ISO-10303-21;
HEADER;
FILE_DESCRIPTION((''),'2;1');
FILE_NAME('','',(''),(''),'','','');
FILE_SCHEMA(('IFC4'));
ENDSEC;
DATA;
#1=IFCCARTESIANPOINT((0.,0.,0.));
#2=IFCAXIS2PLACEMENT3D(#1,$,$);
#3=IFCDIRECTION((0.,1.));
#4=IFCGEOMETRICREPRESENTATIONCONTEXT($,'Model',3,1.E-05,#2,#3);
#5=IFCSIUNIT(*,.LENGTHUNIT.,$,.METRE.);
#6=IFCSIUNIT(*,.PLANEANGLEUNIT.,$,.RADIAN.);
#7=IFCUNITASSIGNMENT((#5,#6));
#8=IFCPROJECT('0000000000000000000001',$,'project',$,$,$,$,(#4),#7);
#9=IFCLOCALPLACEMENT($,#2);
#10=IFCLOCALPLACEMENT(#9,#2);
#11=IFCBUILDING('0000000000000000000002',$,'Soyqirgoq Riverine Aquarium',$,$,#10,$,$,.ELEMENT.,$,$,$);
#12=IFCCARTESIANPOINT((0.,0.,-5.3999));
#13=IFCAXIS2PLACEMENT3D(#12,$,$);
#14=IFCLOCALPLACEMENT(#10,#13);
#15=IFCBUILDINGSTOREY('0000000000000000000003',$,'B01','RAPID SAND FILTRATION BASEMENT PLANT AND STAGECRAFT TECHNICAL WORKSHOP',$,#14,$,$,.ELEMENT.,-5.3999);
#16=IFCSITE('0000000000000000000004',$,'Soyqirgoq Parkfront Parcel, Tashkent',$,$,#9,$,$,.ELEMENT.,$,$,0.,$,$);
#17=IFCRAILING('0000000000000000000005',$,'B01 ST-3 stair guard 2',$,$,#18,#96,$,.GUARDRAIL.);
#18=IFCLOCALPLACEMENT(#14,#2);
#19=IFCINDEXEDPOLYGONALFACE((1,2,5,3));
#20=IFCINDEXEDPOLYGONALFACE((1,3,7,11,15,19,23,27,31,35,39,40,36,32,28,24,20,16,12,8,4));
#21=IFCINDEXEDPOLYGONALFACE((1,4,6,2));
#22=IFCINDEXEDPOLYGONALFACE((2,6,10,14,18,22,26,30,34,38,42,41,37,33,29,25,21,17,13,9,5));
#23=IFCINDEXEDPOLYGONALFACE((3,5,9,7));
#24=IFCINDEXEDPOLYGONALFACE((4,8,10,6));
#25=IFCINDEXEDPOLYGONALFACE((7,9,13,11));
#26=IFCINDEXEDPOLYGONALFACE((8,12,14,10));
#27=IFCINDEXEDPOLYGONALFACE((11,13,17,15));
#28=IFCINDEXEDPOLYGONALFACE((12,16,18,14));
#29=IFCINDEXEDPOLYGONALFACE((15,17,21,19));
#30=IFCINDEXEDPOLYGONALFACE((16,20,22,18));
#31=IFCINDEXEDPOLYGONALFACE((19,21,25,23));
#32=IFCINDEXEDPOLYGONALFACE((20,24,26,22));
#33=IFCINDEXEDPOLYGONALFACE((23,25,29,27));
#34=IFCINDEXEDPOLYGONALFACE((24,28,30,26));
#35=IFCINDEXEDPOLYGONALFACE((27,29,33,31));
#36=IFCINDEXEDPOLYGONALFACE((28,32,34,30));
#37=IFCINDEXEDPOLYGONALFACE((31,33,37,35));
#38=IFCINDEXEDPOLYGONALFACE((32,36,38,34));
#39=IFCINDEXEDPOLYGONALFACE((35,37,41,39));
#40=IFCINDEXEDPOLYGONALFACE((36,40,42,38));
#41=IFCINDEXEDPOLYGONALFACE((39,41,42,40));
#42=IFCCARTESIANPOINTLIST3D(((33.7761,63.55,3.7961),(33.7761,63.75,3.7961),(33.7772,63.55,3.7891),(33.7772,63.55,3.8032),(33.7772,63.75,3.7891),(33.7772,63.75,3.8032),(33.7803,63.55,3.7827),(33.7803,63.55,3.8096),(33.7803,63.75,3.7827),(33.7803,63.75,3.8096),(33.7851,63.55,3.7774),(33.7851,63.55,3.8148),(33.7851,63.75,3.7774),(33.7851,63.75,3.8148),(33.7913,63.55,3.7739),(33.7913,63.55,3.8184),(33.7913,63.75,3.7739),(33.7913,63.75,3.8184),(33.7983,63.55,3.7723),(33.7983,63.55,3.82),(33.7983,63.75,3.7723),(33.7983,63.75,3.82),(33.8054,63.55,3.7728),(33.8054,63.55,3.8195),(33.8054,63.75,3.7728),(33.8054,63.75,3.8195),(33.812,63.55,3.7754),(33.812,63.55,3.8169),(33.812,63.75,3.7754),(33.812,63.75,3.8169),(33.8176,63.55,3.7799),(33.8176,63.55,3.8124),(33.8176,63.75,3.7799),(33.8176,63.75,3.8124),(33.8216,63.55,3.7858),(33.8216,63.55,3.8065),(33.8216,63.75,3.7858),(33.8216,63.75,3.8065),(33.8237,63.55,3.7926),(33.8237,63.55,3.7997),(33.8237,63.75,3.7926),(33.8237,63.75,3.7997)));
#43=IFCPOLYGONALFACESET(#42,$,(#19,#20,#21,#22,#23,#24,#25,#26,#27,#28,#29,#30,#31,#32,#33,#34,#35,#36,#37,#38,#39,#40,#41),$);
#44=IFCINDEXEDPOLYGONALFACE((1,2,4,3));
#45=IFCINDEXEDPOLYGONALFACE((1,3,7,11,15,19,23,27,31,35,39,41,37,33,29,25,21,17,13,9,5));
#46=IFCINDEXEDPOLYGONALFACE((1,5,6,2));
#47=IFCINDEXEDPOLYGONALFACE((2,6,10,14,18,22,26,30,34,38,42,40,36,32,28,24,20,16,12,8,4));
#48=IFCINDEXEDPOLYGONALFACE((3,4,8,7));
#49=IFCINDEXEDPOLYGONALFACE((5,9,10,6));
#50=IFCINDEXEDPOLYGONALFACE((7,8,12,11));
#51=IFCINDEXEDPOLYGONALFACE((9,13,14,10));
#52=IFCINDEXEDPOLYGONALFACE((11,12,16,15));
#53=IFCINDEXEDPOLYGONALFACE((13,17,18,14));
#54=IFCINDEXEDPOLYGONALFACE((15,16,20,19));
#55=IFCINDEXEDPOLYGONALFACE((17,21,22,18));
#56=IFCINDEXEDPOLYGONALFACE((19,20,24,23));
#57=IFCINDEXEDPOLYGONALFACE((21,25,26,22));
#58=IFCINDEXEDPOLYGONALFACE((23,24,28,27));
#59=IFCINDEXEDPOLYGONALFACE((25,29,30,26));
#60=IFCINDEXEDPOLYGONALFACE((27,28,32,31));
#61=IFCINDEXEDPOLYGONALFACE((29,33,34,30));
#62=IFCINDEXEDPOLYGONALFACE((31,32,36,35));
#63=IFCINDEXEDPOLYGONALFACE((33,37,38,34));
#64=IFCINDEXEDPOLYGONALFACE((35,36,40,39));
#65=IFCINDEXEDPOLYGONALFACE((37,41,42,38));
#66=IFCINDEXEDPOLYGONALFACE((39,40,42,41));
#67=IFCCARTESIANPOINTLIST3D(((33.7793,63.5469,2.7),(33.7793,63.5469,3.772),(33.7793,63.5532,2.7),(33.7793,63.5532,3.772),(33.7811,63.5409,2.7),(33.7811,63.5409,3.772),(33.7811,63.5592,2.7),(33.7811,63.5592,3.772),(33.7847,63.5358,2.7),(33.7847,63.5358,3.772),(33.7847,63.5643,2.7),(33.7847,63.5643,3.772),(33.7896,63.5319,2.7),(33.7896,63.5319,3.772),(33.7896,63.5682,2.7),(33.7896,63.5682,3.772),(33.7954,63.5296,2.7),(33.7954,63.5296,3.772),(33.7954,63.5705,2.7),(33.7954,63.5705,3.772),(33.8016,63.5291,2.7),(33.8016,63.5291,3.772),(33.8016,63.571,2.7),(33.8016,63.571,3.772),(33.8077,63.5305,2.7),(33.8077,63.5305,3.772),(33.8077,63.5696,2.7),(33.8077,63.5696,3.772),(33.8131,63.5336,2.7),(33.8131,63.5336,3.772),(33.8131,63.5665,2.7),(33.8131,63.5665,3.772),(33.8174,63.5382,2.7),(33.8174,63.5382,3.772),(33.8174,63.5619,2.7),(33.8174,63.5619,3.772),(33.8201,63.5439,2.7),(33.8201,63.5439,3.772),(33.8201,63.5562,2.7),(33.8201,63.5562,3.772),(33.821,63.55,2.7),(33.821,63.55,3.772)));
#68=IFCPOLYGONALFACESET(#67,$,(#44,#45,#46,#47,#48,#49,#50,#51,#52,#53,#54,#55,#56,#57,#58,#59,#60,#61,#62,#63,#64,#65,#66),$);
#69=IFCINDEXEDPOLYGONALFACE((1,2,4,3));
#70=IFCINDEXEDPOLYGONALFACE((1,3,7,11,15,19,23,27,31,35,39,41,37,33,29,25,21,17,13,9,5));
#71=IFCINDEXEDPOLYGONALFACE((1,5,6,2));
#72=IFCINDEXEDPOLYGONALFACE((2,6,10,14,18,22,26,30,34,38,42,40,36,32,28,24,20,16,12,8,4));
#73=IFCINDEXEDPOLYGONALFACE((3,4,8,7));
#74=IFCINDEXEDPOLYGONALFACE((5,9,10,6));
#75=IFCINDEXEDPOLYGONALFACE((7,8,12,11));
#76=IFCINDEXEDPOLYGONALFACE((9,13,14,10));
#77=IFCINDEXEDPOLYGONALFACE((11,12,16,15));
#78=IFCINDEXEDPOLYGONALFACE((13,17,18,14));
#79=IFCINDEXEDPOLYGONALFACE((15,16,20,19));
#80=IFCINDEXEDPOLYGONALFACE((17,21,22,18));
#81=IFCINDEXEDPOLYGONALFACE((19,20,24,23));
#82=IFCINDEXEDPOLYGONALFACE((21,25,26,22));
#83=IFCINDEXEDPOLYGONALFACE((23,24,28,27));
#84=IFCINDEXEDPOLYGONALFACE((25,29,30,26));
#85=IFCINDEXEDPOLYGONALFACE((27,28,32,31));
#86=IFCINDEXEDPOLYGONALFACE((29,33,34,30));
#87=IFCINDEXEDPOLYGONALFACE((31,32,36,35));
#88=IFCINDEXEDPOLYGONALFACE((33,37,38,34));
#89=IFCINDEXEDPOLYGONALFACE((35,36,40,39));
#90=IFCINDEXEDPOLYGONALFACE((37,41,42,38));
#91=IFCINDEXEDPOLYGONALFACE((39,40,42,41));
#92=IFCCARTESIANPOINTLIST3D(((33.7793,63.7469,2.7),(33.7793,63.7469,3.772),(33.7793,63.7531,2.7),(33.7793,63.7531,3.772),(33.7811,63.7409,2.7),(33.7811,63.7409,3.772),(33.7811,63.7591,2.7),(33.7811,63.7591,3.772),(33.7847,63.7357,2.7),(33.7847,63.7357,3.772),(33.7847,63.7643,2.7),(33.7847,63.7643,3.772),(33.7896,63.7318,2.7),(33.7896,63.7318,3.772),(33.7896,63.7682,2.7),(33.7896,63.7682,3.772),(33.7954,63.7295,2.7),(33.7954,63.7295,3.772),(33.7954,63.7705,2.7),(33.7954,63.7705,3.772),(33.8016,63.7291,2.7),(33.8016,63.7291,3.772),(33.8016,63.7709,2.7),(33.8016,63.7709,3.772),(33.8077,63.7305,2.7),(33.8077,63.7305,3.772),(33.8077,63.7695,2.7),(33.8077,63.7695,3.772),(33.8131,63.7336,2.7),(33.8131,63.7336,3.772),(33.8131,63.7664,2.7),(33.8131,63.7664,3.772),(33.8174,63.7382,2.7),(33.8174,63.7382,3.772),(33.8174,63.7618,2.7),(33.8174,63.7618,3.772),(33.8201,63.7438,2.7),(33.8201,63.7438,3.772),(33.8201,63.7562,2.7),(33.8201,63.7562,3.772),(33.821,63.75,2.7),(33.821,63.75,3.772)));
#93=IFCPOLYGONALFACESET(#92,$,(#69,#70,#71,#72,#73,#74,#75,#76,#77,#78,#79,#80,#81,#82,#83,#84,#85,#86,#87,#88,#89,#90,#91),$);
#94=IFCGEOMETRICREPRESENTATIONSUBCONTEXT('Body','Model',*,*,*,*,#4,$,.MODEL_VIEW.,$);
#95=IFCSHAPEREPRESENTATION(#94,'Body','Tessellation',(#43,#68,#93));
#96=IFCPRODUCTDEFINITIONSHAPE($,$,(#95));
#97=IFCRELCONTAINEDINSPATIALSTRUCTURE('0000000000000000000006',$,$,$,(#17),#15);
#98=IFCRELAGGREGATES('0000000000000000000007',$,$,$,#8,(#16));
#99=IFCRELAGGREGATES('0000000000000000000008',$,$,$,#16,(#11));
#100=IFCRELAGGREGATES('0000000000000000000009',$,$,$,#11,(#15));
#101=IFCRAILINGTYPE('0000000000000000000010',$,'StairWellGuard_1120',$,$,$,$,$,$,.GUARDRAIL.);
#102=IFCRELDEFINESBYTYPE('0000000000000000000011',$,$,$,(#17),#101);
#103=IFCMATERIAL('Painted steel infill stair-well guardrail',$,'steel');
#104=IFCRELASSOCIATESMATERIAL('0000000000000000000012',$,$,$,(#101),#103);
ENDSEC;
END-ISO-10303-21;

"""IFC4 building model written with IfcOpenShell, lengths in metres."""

from ifc_helpers import new_model, si_unit, direction, frame, origin, origin_2d, place, context, subcontext, project, spatial, circle, extrude, material, type_object, element, save


model = new_model("IFC4")

# Units and contexts
model_context = context("Model", 3, precision=1e-05, world=origin(), true_north=direction((0.0, 1.0)))
body_context = subcontext(model_context, "Body", "Model", "MODEL_VIEW")
ifc_project = project(units=[si_unit("LENGTHUNIT", "METRE"), si_unit("PLANEANGLEUNIT", "RADIAN")], contexts=[model_context])

# Site, building, storey
site_placement = place(None, origin())
site = spatial("IfcSite", under=ifc_project, at=site_placement, Name="Soyqirgoq Parkfront Parcel, Tashkent", CompositionType="ELEMENT", RefElevation=0.0)
building_placement = place(site_placement, origin())
building = spatial("IfcBuilding", under=site, at=building_placement, Name="Soyqirgoq Riverine Aquarium", CompositionType="ELEMENT")
storey_placement = place(building_placement, frame((0.0, 0.0, -5.3999)))
storey = spatial("IfcBuildingStorey", under=building, at=storey_placement, Name="B01", Description="RAPID SAND FILTRATION BASEMENT PLANT AND STAGECRAFT TECHNICAL WORKSHOP", CompositionType="ELEMENT", Elevation=-5.3999)

# Railing
ifc_material_1 = material(Name="Painted steel infill stair-well guardrail", Category="steel")
railing_type_1 = type_object("IfcRailingType", Name="StairWellGuard_1120", PredefinedType="GUARDRAIL", material=ifc_material_1)
railing_1_placement = place(storey_placement, frame((33.8, 63.55, 2.7)))
element("IfcRailing", 1, at=railing_1_placement, inside=storey, type_object=railing_type_1, Name="B01 ST-3 stair guard 2", PredefinedType="GUARDRAIL", context=body_context, shape_type="SweptSolid", body=[
    extrude(circle(Radius=0.0239, at=origin_2d()), frame((0.0, 0.0, 1.0962), z_axis=(0.0, 1.0, 0.0), x_axis=(-1.0, 0.0, 0.0)), (0.0, 0.0, 1.0), 0.2),
    extrude(circle(Radius=0.021, at=origin_2d()), origin(), (0.0, 0.0, 1.0), 1.072),
    extrude(circle(Radius=0.021, at=origin_2d()), frame((0.0, 0.2, 0.0)), (0.0, 0.0, 1.0), 1.072),
])

save(model, "model.ifc")
